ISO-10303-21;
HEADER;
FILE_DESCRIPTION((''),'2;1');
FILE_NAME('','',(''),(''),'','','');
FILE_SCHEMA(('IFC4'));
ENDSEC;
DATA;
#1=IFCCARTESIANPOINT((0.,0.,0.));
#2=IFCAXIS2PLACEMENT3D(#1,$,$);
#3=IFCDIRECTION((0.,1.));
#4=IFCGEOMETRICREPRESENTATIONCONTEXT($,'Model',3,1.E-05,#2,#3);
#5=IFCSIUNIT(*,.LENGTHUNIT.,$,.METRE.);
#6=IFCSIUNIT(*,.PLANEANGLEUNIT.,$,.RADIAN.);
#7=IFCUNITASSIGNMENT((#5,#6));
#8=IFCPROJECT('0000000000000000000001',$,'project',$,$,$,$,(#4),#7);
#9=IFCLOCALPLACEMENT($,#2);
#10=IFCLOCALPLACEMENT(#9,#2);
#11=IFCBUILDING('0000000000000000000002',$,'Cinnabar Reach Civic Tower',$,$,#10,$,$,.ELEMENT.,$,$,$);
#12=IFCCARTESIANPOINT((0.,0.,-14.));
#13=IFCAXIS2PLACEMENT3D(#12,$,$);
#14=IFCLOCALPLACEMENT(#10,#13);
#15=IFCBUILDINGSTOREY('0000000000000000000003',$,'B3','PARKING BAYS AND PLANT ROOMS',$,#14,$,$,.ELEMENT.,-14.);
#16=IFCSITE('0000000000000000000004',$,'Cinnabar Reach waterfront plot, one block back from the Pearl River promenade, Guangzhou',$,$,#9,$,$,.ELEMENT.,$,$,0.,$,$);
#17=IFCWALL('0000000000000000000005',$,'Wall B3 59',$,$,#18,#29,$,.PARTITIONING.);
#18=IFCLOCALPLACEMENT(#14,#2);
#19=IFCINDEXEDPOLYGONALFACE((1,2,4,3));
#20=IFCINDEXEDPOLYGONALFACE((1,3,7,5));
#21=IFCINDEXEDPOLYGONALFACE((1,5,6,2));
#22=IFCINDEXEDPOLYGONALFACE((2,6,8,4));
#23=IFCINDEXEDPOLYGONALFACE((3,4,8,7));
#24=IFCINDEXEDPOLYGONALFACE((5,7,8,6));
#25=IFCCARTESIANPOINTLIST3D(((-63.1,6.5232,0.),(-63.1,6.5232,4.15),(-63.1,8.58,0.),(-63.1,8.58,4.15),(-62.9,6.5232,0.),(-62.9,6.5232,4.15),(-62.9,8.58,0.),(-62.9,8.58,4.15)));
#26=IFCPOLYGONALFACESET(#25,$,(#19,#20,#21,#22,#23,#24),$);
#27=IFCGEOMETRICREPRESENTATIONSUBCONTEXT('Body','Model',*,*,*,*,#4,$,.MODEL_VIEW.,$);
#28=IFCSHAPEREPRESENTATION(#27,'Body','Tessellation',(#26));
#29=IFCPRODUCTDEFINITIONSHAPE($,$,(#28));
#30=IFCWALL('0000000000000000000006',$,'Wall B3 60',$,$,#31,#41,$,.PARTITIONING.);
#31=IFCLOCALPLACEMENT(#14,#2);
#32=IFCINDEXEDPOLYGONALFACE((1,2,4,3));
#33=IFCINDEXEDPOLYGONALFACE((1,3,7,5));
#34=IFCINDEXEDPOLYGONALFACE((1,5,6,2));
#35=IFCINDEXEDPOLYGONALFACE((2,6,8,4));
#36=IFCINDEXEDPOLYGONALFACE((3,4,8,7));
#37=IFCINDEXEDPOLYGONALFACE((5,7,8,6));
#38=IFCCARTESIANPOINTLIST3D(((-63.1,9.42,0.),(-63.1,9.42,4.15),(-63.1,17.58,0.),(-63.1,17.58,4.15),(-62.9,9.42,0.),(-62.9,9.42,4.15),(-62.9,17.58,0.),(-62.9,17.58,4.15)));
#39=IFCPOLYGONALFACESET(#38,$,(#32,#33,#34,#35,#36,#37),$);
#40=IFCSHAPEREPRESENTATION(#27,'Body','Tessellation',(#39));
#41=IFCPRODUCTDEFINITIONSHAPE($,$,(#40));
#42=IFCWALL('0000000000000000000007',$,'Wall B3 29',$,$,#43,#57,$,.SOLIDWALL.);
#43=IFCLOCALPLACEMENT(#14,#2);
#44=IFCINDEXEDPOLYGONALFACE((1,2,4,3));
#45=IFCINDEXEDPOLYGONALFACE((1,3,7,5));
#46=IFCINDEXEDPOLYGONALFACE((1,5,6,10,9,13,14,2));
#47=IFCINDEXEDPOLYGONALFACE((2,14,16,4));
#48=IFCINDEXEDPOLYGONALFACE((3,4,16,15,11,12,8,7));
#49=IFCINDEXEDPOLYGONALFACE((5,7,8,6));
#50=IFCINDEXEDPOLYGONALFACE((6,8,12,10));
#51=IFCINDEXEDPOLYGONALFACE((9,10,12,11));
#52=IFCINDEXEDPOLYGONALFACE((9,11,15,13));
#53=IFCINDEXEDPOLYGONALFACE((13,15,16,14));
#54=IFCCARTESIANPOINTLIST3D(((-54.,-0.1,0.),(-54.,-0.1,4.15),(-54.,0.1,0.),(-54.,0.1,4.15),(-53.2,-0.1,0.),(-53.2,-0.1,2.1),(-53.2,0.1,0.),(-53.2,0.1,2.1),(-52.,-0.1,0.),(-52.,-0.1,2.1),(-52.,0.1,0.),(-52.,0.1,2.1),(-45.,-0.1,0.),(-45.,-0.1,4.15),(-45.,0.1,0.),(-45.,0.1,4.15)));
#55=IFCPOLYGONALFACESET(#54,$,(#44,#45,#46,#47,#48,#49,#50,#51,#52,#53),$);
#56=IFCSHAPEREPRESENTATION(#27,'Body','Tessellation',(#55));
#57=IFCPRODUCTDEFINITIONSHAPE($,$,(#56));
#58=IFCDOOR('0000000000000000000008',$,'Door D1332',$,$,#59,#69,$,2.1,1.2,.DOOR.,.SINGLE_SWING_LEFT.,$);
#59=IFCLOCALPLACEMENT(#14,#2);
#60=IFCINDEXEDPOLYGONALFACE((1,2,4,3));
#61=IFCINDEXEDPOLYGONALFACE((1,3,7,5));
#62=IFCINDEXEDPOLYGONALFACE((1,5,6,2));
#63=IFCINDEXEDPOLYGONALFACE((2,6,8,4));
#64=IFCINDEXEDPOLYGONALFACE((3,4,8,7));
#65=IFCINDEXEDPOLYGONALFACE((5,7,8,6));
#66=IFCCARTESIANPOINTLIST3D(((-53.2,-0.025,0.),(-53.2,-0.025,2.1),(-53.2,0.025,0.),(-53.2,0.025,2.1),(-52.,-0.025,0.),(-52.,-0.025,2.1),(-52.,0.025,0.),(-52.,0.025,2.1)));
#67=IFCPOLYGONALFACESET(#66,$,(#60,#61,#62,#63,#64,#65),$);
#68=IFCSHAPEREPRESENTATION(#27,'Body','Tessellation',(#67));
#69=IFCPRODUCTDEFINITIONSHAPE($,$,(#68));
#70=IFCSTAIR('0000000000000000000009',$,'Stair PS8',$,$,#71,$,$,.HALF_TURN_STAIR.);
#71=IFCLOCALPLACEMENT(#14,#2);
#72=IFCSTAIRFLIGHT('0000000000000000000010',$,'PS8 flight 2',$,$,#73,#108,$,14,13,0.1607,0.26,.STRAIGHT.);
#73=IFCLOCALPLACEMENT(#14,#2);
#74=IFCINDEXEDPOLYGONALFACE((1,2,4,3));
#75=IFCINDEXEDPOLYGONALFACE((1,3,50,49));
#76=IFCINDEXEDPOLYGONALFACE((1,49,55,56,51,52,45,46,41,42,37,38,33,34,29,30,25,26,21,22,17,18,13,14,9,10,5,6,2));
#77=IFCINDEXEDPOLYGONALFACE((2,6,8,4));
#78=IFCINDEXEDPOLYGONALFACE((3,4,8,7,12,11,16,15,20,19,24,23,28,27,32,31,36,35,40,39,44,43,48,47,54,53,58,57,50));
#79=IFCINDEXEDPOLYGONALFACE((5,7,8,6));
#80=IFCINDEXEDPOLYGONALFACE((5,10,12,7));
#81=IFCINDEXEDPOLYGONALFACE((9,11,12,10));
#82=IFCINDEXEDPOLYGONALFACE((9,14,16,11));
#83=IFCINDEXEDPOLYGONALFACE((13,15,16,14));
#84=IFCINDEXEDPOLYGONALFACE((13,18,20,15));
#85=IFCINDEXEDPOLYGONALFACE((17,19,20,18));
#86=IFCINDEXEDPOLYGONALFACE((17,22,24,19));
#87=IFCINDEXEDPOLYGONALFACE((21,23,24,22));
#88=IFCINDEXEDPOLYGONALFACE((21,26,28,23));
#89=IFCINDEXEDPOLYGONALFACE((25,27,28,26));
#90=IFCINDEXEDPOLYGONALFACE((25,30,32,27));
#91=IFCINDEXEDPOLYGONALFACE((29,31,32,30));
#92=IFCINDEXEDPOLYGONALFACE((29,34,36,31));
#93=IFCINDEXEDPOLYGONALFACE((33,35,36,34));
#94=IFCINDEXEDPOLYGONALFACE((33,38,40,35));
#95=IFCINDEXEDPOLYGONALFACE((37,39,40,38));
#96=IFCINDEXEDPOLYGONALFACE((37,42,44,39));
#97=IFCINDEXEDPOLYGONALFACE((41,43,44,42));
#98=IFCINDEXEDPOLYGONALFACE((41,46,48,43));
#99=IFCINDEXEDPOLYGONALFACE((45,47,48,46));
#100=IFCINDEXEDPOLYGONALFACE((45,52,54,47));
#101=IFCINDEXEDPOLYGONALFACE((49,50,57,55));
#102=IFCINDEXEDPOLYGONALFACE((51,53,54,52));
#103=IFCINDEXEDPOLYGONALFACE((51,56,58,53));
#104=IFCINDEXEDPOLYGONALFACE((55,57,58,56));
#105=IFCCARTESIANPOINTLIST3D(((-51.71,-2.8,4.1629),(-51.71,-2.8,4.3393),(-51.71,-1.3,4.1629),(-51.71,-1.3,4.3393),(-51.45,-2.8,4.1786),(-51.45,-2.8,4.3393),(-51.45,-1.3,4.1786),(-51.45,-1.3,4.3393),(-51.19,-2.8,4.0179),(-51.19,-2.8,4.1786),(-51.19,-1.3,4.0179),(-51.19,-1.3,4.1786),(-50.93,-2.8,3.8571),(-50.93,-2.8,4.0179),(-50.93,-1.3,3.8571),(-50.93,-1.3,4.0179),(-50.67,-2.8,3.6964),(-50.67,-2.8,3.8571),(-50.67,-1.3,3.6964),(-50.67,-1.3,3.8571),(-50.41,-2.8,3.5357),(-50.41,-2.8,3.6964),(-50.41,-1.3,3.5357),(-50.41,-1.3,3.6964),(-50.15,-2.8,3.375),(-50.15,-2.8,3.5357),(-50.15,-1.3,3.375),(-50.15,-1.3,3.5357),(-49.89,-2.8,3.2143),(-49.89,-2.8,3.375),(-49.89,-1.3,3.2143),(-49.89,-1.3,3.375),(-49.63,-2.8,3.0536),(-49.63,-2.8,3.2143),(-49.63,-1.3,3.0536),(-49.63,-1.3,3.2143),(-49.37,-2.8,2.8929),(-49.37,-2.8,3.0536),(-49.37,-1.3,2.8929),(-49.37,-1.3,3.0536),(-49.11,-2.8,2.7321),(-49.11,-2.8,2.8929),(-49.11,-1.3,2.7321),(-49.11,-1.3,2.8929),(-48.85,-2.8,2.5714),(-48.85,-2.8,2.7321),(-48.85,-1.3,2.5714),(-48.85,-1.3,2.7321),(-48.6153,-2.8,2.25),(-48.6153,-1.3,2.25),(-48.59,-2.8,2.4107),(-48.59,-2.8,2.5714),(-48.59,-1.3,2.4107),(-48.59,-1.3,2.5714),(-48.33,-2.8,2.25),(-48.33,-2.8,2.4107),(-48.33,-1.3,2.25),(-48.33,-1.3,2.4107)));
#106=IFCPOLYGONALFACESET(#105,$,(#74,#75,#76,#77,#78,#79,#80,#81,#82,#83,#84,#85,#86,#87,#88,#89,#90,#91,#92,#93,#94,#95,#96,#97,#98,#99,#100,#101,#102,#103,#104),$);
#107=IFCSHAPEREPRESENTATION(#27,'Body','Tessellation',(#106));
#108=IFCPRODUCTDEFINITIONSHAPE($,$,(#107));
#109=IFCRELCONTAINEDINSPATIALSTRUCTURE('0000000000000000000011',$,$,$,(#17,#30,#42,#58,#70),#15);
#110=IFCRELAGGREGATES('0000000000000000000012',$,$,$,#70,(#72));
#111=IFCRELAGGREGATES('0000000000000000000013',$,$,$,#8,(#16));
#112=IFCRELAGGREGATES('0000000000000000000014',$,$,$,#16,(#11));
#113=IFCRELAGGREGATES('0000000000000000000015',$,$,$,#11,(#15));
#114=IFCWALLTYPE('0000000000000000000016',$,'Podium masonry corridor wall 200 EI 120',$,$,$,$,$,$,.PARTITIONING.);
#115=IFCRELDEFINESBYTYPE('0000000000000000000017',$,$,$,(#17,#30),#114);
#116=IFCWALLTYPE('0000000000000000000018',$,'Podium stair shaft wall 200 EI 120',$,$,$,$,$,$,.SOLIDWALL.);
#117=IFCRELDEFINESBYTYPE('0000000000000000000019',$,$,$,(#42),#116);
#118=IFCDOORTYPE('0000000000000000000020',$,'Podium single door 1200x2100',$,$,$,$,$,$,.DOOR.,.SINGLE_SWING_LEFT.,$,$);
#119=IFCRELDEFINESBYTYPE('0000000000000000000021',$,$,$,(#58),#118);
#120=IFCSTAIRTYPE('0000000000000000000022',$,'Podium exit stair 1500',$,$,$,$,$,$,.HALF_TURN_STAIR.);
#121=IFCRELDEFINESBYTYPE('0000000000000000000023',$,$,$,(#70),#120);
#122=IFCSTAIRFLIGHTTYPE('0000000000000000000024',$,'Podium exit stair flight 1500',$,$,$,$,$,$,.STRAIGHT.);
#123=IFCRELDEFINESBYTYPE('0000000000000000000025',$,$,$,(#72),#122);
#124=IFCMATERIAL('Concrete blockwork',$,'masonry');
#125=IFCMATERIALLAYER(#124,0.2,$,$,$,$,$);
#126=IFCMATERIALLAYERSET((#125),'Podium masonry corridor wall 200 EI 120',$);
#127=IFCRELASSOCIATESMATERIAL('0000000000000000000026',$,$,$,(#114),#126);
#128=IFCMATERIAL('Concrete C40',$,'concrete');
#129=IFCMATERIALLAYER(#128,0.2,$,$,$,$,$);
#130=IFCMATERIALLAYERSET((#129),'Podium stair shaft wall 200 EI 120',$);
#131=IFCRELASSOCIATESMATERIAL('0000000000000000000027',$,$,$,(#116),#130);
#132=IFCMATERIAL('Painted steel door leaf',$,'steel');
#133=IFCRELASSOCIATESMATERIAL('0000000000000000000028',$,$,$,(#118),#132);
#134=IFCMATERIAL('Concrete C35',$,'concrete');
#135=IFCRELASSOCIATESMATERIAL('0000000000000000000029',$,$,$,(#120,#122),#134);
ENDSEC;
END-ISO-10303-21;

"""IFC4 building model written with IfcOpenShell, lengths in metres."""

from ifc_helpers import new_model, si_unit, direction, frame, frame_2d, origin, place, context, subcontext, project, spatial, polyline, rectangle, outline, extrude, material, layer, layer_set, type_object, element, fill, aggregate, save


model = new_model("IFC4")

# Units and contexts
model_context = context("Model", 3, precision=1e-05, world=origin(), true_north=direction((0.0, 1.0)))
body_context = subcontext(model_context, "Body", "Model", "MODEL_VIEW")
ifc_project = project(units=[si_unit("LENGTHUNIT", "METRE"), si_unit("PLANEANGLEUNIT", "RADIAN")], contexts=[model_context])

# Site, building, storey
site_placement = place(None, origin())
site = spatial("IfcSite", under=ifc_project, at=site_placement, Name="Cinnabar Reach waterfront plot, one block back from the Pearl River promenade, Guangzhou", CompositionType="ELEMENT", RefElevation=0.0)
building_placement = place(site_placement, origin())
building = spatial("IfcBuilding", under=site, at=building_placement, Name="Cinnabar Reach Civic Tower", CompositionType="ELEMENT")
storey_placement = place(building_placement, frame((0.0, 0.0, -14.0)))
storey = spatial("IfcBuildingStorey", under=building, at=storey_placement, Name="B3", Description="PARKING BAYS AND PLANT ROOMS", CompositionType="ELEMENT", Elevation=-14.0)

# Shared definitions
ifc_material_1 = material(Name="Concrete C40", Category="concrete")

# Shared definitions
ifc_material_2 = material(Name="Concrete blockwork", Category="masonry")
ifc_layer_1 = layer(ifc_material_2, 0.2)
ifc_layer_set_1 = layer_set([ifc_layer_1], Name="Podium masonry corridor wall 200 EI 120")
wall_type_1 = type_object("IfcWallType", Name="Podium masonry corridor wall 200 EI 120", PredefinedType="PARTITIONING", material=ifc_layer_set_1)
ifc_material_3 = material(Name="Painted steel door leaf", Category="steel")

# Walls
wall_1_placement = place(storey_placement, frame((-63.0, 6.5231, 0.0), z_axis=(0.0, 0.0, 1.0), x_axis=(0.0, 1.0, 0.0)))
element("IfcWall", 1, at=wall_1_placement, inside=storey, type_object=wall_type_1, Name="Wall B3 59", PredefinedType="PARTITIONING", context=body_context, shape_type="SweptSolid", body=[
    extrude(rectangle(XDim=2.0569, YDim=0.2, at=frame_2d((1.0285, 0.0))), origin(), (0.0, 0.0, 1.0), 4.15),
])
wall_2_placement = place(storey_placement, frame((-63.0, 9.42, 0.0), z_axis=(0.0, 0.0, 1.0), x_axis=(0.0, 1.0, 0.0)))
element("IfcWall", 2, at=wall_2_placement, inside=storey, type_object=wall_type_1, Name="Wall B3 60", PredefinedType="PARTITIONING", context=body_context, shape_type="SweptSolid", body=[
    extrude(rectangle(XDim=8.16, YDim=0.2, at=frame_2d((4.08, 0.0))), origin(), (0.0, 0.0, 1.0), 4.15),
])

# Wall, opening, door
ifc_layer_2 = layer(ifc_material_1, 0.2)
ifc_layer_set_2 = layer_set([ifc_layer_2], Name="Podium stair shaft wall 200 EI 120")
wall_type_2 = type_object("IfcWallType", Name="Podium stair shaft wall 200 EI 120", PredefinedType="SOLIDWALL", material=ifc_layer_set_2)
wall_3_placement = place(storey_placement, frame((-54.0, 0.0, 0.0), z_axis=(0.0, 0.0, 1.0), x_axis=(1.0, 0.0, 0.0)))
wall_3 = element("IfcWall", 3, at=wall_3_placement, inside=storey, type_object=wall_type_2, Name="Wall B3 29", PredefinedType="SOLIDWALL", context=body_context, shape_type="SweptSolid", body=[
    extrude(rectangle(XDim=9.0, YDim=0.2, at=frame_2d((4.5, 0.0))), origin(), (0.0, 0.0, 1.0), 4.15),
])
opening_1_placement = place(wall_3_placement, frame((0.8, 0.0, 0.0)))
opening_1 = element("IfcOpeningElement", 4, at=opening_1_placement, cuts=wall_3, PredefinedType="OPENING", context=body_context, shape_type="SweptSolid", body=[
    extrude(rectangle(XDim=1.2, YDim=2.1, at=frame_2d((0.6, 1.05))), frame((0.0, 0.11, 0.0), z_axis=(0.0, -1.0, 0.0), x_axis=(1.0, 0.0, 0.0)), (0.0, 0.0, 1.0), 0.22),
])
door_type_1 = type_object("IfcDoorType", Name="Podium single door 1200x2100", OperationType="SINGLE_SWING_LEFT", PredefinedType="DOOR", material=ifc_material_3)
door_1_placement = place(opening_1_placement, frame((1.2, 0.0, 0.0), z_axis=(0.0, 0.0, 1.0), x_axis=(-1.0, 0.0, 0.0)))
door_1 = element("IfcDoor", 5, at=door_1_placement, inside=storey, type_object=door_type_1, Name="Door D1332", OperationType="SINGLE_SWING_LEFT", OverallHeight=2.1, OverallWidth=1.2, PredefinedType="DOOR", context=body_context, shape_type="SweptSolid", body=[
    extrude(rectangle(XDim=1.2, YDim=2.1, at=frame_2d((0.6, 1.05))), frame((0.0, 0.025, 0.0), z_axis=(0.0, -1.0, 0.0), x_axis=(1.0, 0.0, 0.0)), (0.0, 0.0, 1.0), 0.05),
])
fill(opening_1, door_1)

# Stair, stair flight
ifc_material_4 = material(Name="Concrete C35", Category="concrete")
stair_type = type_object("IfcStairType", Name="Podium exit stair 1500", PredefinedType="HALF_TURN_STAIR", material=ifc_material_4)
stair_placement = place(storey_placement, origin())
stair = element("IfcStair", 6, at=stair_placement, inside=storey, type_object=stair_type, Name="Stair PS8", PredefinedType="HALF_TURN_STAIR")
stair_flight_type = type_object("IfcStairFlightType", Name="Podium exit stair flight 1500", PredefinedType="STRAIGHT", material=ifc_material_4)
stair_flight_placement = place(storey_placement, frame((-48.33, -2.05, 2.25), z_axis=(0.0, 0.0, 1.0), x_axis=(-1.0, 0.0, 0.0)))
stair_flight = element("IfcStairFlight", 7, at=stair_flight_placement, type_object=stair_flight_type, Name="PS8 flight 2", NumberOfRisers=14, NumberOfTreads=13, PredefinedType="STRAIGHT", RiserHeight=0.1607, TreadLength=0.26, context=body_context, shape_type="SweptSolid", body=[
    extrude(outline(polyline([(0.0, 0.0), (0.0, 0.1607), (0.26, 0.1607), (0.26, 0.3214), (0.52, 0.3214), (0.52, 0.4821), (0.78, 0.4821), (0.78, 0.6429), (1.04, 0.6429), (1.04, 0.8036), (1.3, 0.8036), (1.3, 0.9643), (1.56, 0.9643), (1.56, 1.125), (1.82, 1.125), (1.82, 1.2857), (2.08, 1.2857), (2.08, 1.4464), (2.34, 1.4464), (2.34, 1.6071), (2.6, 1.6071), (2.6, 1.7679), (2.86, 1.7679), (2.86, 1.9286), (3.12, 1.9286), (3.12, 2.0893), (3.38, 2.0893), (3.38, 2.25), (3.38, 1.9129), (0.2853, 0.0), (0.0, 0.0)])), frame((0.0, 0.75, 0.0), z_axis=(0.0, -1.0, 0.0), x_axis=(1.0, 0.0, 0.0)), (0.0, 0.0, 1.0), 1.5),
])
aggregate(stair, [stair_flight])

save(model, "model.ifc")
